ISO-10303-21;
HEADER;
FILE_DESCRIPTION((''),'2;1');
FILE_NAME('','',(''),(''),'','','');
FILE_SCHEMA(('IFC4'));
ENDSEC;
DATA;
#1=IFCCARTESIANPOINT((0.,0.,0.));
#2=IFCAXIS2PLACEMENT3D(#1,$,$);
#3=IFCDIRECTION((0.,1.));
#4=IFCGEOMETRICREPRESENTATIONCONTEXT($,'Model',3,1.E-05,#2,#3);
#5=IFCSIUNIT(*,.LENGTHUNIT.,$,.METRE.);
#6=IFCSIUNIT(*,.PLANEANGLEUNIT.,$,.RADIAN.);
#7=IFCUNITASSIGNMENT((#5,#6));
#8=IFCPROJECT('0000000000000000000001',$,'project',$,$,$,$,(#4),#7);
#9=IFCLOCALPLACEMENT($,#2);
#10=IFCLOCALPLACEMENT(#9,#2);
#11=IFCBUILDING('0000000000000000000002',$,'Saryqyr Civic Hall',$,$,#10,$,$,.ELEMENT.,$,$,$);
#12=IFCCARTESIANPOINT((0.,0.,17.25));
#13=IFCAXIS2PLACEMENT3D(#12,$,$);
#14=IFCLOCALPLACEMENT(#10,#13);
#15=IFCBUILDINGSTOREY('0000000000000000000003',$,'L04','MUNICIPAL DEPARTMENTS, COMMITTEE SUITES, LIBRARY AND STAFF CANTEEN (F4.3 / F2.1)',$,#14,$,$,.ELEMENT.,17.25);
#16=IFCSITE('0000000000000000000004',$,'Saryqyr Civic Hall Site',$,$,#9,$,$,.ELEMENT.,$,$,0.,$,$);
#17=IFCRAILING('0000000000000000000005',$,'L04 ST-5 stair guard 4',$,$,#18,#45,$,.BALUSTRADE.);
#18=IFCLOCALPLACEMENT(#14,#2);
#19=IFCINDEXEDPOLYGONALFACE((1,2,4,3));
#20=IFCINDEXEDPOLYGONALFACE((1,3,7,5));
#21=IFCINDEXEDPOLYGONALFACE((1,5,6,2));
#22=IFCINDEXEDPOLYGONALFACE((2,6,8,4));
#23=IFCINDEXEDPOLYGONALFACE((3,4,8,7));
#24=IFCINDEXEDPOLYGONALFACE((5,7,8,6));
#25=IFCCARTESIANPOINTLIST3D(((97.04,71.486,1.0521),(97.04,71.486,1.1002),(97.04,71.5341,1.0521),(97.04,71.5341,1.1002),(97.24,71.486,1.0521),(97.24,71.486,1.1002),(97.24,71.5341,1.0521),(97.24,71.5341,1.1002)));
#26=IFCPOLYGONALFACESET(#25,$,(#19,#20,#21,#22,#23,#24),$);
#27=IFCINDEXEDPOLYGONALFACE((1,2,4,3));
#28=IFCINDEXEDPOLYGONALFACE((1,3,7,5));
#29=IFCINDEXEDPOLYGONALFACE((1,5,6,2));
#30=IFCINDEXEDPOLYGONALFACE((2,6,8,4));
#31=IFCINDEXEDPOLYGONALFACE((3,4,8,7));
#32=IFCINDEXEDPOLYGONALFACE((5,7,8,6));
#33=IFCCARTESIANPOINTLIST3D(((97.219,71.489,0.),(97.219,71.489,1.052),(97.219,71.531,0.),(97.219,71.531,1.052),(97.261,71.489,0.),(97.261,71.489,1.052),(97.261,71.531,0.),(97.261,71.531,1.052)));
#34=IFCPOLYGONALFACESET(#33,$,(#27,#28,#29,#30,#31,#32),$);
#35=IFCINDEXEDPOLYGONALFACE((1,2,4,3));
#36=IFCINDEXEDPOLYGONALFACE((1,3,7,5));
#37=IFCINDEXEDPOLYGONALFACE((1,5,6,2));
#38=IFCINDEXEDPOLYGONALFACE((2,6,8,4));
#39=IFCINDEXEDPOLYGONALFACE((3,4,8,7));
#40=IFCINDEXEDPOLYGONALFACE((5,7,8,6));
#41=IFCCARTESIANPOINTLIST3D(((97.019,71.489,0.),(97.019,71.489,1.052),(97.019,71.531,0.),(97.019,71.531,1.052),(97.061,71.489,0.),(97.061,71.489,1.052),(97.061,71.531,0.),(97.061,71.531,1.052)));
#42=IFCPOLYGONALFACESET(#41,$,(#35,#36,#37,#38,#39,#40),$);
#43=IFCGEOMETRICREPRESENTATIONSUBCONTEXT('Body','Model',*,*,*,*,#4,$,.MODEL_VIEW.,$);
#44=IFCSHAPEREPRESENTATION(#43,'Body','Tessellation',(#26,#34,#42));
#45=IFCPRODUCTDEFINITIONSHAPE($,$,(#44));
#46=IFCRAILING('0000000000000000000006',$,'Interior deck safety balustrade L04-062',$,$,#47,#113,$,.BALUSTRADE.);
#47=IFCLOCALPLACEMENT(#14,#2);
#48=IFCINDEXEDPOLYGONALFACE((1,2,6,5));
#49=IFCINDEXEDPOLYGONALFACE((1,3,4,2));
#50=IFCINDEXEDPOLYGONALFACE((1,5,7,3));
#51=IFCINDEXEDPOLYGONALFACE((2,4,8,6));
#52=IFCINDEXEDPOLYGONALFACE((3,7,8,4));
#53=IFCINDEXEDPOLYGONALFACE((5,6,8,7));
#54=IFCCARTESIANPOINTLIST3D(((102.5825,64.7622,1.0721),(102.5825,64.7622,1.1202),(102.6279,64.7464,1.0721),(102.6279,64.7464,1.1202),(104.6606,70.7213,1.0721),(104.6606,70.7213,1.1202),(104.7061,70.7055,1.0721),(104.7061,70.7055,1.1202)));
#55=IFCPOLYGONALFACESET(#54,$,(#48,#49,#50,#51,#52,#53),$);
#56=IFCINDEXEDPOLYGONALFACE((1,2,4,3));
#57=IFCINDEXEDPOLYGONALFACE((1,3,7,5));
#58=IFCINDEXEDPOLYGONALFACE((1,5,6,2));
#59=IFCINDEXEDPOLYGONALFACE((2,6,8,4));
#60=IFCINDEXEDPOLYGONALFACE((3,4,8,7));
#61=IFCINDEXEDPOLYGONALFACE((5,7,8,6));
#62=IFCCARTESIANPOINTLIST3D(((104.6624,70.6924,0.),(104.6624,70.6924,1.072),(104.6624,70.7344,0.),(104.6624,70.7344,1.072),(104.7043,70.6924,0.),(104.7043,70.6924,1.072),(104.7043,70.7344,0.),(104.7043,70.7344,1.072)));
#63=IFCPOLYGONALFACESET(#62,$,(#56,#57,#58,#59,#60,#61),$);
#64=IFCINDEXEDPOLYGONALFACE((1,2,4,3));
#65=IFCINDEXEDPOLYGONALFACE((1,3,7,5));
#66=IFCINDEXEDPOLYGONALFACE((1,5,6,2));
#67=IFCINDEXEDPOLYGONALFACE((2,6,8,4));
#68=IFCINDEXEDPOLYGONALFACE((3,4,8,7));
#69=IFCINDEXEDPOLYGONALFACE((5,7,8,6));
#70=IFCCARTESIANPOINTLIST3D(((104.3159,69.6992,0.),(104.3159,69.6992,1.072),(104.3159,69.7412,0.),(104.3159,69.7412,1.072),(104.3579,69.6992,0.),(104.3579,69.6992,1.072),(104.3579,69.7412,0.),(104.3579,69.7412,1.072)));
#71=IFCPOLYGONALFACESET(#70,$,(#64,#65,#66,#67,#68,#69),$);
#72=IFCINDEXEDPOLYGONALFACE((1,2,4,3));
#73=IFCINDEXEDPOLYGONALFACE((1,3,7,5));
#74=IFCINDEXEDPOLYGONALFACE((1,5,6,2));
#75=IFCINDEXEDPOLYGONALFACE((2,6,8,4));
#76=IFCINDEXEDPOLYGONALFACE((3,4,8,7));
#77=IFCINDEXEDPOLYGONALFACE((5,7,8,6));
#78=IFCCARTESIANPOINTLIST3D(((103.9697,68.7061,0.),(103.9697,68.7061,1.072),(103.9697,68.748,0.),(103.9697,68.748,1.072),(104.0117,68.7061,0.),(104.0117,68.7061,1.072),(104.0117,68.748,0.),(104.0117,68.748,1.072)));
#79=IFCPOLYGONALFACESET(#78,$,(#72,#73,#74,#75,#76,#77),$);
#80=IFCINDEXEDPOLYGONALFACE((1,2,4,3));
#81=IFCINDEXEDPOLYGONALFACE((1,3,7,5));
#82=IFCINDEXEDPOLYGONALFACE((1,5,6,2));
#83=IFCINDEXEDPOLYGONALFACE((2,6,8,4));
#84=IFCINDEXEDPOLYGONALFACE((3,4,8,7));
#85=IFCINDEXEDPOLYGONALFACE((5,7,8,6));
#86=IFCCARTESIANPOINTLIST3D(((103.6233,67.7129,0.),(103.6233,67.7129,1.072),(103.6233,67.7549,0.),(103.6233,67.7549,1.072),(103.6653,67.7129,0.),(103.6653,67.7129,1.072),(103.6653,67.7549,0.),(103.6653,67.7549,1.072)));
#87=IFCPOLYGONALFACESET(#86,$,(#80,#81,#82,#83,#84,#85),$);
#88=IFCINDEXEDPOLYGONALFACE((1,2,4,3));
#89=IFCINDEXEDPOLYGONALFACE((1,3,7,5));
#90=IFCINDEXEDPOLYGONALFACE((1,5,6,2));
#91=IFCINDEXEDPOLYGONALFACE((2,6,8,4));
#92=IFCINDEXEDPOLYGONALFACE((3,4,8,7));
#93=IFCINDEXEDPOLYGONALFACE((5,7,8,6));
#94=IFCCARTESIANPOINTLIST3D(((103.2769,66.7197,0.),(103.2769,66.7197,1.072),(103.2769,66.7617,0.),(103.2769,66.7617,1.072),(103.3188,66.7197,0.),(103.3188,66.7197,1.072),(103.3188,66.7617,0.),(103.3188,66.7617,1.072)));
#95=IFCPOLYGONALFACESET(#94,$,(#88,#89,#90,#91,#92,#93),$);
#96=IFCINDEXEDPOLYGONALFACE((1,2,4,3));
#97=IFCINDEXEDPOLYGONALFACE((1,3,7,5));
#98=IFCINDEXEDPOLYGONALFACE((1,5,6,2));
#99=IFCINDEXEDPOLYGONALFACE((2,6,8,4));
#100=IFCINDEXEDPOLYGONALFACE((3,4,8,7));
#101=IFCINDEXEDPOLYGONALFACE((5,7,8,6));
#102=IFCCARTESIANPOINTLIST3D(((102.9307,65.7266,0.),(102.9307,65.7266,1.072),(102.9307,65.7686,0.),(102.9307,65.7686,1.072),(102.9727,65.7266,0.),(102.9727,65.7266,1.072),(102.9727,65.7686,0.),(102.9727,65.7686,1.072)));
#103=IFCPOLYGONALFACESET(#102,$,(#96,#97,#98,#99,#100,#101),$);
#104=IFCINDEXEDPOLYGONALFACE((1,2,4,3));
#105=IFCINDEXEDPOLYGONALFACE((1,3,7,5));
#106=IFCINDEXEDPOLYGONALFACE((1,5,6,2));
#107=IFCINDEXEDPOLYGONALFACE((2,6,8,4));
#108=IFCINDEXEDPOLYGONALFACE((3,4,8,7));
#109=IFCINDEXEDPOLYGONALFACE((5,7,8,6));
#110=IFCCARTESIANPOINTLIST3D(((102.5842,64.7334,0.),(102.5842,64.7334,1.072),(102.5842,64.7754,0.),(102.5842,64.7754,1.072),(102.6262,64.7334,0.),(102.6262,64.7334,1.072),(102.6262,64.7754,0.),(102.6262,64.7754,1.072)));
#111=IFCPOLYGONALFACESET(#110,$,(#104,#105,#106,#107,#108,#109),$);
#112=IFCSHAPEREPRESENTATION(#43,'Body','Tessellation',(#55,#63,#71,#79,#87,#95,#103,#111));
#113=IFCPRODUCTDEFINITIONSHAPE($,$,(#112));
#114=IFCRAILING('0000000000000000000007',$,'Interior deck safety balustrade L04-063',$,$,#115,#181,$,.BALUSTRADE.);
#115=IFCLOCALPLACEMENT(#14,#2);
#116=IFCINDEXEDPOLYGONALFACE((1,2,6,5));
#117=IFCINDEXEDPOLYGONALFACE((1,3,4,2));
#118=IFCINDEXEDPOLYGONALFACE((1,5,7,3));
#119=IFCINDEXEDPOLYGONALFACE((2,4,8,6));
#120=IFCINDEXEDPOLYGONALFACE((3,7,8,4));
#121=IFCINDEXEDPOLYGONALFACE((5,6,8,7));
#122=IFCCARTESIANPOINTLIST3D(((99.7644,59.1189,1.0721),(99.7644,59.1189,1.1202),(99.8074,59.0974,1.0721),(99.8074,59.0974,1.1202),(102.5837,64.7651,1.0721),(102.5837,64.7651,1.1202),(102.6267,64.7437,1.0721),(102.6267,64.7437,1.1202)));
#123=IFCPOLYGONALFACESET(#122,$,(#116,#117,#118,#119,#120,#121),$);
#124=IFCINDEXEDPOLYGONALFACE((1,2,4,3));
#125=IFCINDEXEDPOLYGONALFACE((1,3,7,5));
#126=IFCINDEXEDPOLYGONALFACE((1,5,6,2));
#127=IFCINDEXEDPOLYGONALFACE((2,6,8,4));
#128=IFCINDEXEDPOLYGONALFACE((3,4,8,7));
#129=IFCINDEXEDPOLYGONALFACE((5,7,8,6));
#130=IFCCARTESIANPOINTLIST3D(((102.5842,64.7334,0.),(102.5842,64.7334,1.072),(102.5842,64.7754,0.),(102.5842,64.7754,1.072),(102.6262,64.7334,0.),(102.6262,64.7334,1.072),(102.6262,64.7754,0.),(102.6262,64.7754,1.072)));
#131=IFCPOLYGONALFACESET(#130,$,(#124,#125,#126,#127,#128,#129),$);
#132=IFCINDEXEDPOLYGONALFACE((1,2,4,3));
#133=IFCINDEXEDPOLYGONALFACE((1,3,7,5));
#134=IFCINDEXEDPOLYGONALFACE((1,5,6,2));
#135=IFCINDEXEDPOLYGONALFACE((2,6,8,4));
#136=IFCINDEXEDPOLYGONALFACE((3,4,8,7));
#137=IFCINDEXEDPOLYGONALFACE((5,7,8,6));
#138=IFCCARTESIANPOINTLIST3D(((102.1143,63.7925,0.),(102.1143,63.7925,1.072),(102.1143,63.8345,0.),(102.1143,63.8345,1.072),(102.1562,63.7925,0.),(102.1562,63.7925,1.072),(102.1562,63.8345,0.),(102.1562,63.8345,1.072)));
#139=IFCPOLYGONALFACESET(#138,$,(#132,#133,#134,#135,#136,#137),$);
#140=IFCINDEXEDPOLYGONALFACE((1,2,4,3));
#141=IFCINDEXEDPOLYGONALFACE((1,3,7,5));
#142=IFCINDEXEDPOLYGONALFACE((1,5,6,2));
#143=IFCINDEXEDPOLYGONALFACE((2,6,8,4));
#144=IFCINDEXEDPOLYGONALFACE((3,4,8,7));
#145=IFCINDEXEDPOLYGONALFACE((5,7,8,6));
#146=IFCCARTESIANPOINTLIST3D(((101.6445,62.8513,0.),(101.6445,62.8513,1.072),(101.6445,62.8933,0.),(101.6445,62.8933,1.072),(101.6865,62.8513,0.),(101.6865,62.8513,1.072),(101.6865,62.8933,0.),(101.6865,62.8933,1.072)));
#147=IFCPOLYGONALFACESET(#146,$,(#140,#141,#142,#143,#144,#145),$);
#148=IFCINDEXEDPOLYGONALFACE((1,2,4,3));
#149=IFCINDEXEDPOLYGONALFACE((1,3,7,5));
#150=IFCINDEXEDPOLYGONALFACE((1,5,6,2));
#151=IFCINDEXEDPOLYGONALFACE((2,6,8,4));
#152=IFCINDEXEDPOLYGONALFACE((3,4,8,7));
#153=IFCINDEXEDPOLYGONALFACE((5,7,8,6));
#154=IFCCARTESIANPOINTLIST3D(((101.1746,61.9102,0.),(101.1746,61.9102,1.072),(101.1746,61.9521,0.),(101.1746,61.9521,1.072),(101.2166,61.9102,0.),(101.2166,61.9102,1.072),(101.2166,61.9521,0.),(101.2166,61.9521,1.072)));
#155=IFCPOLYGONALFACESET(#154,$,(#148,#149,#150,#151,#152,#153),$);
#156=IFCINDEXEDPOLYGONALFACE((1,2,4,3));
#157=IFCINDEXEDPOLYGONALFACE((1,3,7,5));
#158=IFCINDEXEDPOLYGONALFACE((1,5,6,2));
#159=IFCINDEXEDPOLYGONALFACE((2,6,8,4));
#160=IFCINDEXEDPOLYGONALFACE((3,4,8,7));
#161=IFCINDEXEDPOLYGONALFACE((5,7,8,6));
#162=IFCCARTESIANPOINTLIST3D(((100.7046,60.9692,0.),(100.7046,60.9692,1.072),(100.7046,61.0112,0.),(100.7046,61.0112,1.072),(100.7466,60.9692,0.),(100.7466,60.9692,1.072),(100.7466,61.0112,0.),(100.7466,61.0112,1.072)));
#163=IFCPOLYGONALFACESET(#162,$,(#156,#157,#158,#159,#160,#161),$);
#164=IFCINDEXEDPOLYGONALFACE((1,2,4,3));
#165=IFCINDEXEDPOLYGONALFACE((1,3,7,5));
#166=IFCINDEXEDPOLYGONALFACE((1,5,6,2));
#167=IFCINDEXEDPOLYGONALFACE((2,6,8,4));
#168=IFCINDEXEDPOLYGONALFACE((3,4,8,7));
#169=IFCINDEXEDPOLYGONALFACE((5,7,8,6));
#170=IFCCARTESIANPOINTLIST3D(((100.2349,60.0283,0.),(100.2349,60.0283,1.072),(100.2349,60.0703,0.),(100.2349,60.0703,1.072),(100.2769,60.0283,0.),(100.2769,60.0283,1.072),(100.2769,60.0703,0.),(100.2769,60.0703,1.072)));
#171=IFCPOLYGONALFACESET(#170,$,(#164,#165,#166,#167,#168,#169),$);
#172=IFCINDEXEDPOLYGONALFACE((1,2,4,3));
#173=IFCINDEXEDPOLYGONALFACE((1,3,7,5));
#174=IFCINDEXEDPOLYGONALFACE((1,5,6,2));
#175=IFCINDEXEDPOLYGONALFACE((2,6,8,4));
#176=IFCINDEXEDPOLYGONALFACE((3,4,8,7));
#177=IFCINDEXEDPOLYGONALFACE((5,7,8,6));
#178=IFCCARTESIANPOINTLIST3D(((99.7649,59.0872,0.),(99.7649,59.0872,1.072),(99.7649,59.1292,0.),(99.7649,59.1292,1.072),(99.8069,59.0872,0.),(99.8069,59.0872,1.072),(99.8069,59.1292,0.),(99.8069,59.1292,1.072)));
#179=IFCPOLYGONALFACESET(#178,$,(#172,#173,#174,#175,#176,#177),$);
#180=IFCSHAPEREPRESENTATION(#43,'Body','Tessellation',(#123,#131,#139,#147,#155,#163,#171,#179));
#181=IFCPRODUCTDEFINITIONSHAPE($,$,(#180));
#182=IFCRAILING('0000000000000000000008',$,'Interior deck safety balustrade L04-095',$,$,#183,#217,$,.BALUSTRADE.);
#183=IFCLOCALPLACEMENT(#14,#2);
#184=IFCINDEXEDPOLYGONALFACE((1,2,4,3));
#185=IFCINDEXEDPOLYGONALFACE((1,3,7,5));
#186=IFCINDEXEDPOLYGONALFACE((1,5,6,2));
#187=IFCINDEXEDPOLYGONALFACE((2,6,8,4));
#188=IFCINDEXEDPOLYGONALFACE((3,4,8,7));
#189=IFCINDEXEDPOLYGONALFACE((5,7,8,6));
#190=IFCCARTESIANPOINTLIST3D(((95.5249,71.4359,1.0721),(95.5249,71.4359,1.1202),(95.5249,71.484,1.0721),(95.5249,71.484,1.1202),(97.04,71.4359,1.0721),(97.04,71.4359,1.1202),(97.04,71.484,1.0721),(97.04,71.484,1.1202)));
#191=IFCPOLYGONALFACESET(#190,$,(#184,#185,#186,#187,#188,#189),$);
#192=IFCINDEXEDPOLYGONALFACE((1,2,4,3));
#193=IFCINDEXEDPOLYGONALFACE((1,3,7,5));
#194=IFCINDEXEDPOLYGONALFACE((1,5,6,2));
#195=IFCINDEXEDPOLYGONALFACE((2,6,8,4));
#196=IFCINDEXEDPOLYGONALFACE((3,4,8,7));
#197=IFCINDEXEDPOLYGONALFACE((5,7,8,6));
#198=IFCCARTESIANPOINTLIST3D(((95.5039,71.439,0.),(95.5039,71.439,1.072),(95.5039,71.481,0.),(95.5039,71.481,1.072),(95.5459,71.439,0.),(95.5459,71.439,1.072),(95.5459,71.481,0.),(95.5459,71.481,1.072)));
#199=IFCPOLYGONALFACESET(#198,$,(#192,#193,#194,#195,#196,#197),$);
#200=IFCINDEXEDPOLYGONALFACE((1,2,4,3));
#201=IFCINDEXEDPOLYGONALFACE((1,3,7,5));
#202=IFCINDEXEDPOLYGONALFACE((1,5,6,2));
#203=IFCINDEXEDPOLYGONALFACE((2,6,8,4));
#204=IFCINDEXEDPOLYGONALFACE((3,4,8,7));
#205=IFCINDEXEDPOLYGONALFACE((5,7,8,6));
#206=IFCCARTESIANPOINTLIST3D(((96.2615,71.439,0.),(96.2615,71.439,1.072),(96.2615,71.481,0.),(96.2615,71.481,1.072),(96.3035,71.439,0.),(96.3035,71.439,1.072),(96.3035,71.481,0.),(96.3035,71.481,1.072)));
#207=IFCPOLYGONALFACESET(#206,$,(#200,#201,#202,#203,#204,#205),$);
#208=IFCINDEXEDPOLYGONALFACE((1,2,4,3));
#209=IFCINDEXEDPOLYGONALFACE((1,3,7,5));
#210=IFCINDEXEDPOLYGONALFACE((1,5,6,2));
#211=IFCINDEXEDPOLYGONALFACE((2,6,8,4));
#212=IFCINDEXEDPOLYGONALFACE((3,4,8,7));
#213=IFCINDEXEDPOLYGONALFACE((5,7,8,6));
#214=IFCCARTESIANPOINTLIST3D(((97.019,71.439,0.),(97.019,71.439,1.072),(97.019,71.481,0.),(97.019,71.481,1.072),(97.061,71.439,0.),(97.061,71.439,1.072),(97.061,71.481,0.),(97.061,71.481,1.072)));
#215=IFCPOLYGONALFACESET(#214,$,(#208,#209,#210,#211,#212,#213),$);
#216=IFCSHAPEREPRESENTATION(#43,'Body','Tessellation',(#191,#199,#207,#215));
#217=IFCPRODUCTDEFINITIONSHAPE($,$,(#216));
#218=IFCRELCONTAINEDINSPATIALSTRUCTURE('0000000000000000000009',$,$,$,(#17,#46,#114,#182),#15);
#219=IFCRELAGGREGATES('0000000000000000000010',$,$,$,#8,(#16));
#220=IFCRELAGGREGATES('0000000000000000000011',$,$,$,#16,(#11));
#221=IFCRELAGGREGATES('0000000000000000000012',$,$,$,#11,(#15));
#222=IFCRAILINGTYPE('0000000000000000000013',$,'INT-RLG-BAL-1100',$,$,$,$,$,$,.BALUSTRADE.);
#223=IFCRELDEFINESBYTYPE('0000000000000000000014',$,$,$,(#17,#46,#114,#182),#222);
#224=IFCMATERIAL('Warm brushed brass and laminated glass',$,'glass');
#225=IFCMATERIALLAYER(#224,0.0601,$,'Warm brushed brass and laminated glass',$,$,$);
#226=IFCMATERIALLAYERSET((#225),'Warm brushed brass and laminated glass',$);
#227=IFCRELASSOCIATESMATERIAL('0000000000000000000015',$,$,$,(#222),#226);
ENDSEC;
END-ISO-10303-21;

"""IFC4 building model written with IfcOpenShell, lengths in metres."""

from ifc_helpers import new_model, si_unit, direction, frame, origin, origin_2d, place, context, subcontext, project, spatial, rectangle, extrude, material, layer, layer_set, type_object, element, save


model = new_model("IFC4")

# Units and contexts
model_context = context("Model", 3, precision=1e-05, world=origin(), true_north=direction((0.0, 1.0)))
body_context = subcontext(model_context, "Body", "Model", "MODEL_VIEW")
ifc_project = project(units=[si_unit("LENGTHUNIT", "METRE"), si_unit("PLANEANGLEUNIT", "RADIAN")], contexts=[model_context])

# Site, building, storey
site_placement = place(None, origin())
site = spatial("IfcSite", under=ifc_project, at=site_placement, Name="Saryqyr Civic Hall Site", CompositionType="ELEMENT", RefElevation=0.0)
building_placement = place(site_placement, origin())
building = spatial("IfcBuilding", under=site, at=building_placement, Name="Saryqyr Civic Hall", CompositionType="ELEMENT")
storey_placement = place(building_placement, frame((0.0, 0.0, 17.25)))
storey = spatial("IfcBuildingStorey", under=building, at=storey_placement, Name="L04", Description="MUNICIPAL DEPARTMENTS, COMMITTEE SUITES, LIBRARY AND STAFF CANTEEN (F4.3 / F2.1)", CompositionType="ELEMENT", Elevation=17.25)

# Railings
ifc_material_1 = material(Name="Warm brushed brass and laminated glass", Category="glass")
ifc_layer_1 = layer(ifc_material_1, 0.0601, Name="Warm brushed brass and laminated glass")
ifc_layer_set_1 = layer_set([ifc_layer_1], Name="Warm brushed brass and laminated glass")
railing_type_1 = type_object("IfcRailingType", Name="INT-RLG-BAL-1100", PredefinedType="BALUSTRADE", material=ifc_layer_set_1)
railing_1_placement = place(storey_placement, frame((97.24, 71.51, 0.0)))
element("IfcRailing", 1, at=railing_1_placement, inside=storey, type_object=railing_type_1, Name="L04 ST-5 stair guard 4", PredefinedType="BALUSTRADE", context=body_context, shape_type="SweptSolid", body=[
    extrude(rectangle(XDim=0.0481, YDim=0.0481, at=origin_2d()), frame((0.0, 0.0, 1.0762), z_axis=(-1.0, 0.0, 0.0), x_axis=(0.0, -1.0, 0.0)), (0.0, 0.0, 1.0), 0.2),
    extrude(rectangle(XDim=0.042, YDim=0.042, at=origin_2d()), origin(), (0.0, 0.0, 1.0), 1.052),
    extrude(rectangle(XDim=0.042, YDim=0.042, at=origin_2d()), frame((-0.2, 0.0, 0.0)), (0.0, 0.0, 1.0), 1.052),
])
railing_2_placement = place(storey_placement, frame((104.6833, 70.7134, 0.0)))
element("IfcRailing", 2, at=railing_2_placement, inside=storey, type_object=railing_type_1, Name="Interior deck safety balustrade L04-062", PredefinedType="BALUSTRADE", context=body_context, shape_type="SweptSolid", body=[
    extrude(rectangle(XDim=0.0481, YDim=0.0481, at=origin_2d()), frame((0.0, 0.0, 1.0962), z_axis=(-0.329289, -0.944229, 0.0), x_axis=(0.944229, -0.329289, 0.0)), (0.0, 0.0, 1.0), 6.311),
    extrude(rectangle(XDim=0.042, YDim=0.042, at=origin_2d()), origin(), (0.0, 0.0, 1.0), 1.072),
    extrude(rectangle(XDim=0.042, YDim=0.042, at=origin_2d()), frame((-0.3464, -0.9932, 0.0)), (0.0, 0.0, 1.0), 1.072),
    extrude(rectangle(XDim=0.042, YDim=0.042, at=origin_2d()), frame((-0.6926, -1.9863, 0.0)), (0.0, 0.0, 1.0), 1.072),
    extrude(rectangle(XDim=0.042, YDim=0.042, at=origin_2d()), frame((-1.0391, -2.9795, 0.0)), (0.0, 0.0, 1.0), 1.072),
    extrude(rectangle(XDim=0.042, YDim=0.042, at=origin_2d()), frame((-1.3855, -3.9727, 0.0)), (0.0, 0.0, 1.0), 1.072),
    extrude(rectangle(XDim=0.042, YDim=0.042, at=origin_2d()), frame((-1.7317, -4.9658, 0.0)), (0.0, 0.0, 1.0), 1.072),
    extrude(rectangle(XDim=0.042, YDim=0.042, at=origin_2d()), frame((-2.0781, -5.959, 0.0)), (0.0, 0.0, 1.0), 1.072),
])
railing_3_placement = place(storey_placement, frame((102.6052, 64.7544, 0.0)))
element("IfcRailing", 3, at=railing_3_placement, inside=storey, type_object=railing_type_1, Name="Interior deck safety balustrade L04-063", PredefinedType="BALUSTRADE", context=body_context, shape_type="SweptSolid", body=[
    extrude(rectangle(XDim=0.0481, YDim=0.0481, at=origin_2d()), frame((0.0, 0.0, 1.0962), z_axis=(-0.446734, -0.894667, 0.0), x_axis=(0.894667, -0.446734, 0.0)), (0.0, 0.0, 1.0), 6.311),
    extrude(rectangle(XDim=0.042, YDim=0.042, at=origin_2d()), origin(), (0.0, 0.0, 1.0), 1.072),
    extrude(rectangle(XDim=0.042, YDim=0.042, at=origin_2d()), frame((-0.47, -0.9409, 0.0)), (0.0, 0.0, 1.0), 1.072),
    extrude(rectangle(XDim=0.042, YDim=0.042, at=origin_2d()), frame((-0.9397, -1.8821, 0.0)), (0.0, 0.0, 1.0), 1.072),
    extrude(rectangle(XDim=0.042, YDim=0.042, at=origin_2d()), frame((-1.4097, -2.8232, 0.0)), (0.0, 0.0, 1.0), 1.072),
    extrude(rectangle(XDim=0.042, YDim=0.042, at=origin_2d()), frame((-1.8796, -3.7642, 0.0)), (0.0, 0.0, 1.0), 1.072),
    extrude(rectangle(XDim=0.042, YDim=0.042, at=origin_2d()), frame((-2.3494, -4.7051, 0.0)), (0.0, 0.0, 1.0), 1.072),
    extrude(rectangle(XDim=0.042, YDim=0.042, at=origin_2d()), frame((-2.8193, -5.6462, 0.0)), (0.0, 0.0, 1.0), 1.072),
])
railing_4_placement = place(storey_placement, frame((95.5249, 71.46, 0.0)))
element("IfcRailing", 4, at=railing_4_placement, inside=storey, type_object=railing_type_1, Name="Interior deck safety balustrade L04-095", PredefinedType="BALUSTRADE", context=body_context, shape_type="SweptSolid", body=[
    extrude(rectangle(XDim=0.0481, YDim=0.0481, at=origin_2d()), frame((0.0, 0.0, 1.0962), z_axis=(1.0, 0.0, 0.0), x_axis=(0.0, 1.0, 0.0)), (0.0, 0.0, 1.0), 1.5151),
    extrude(rectangle(XDim=0.042, YDim=0.042, at=origin_2d()), origin(), (0.0, 0.0, 1.0), 1.072),
    extrude(rectangle(XDim=0.042, YDim=0.042, at=origin_2d()), frame((0.7576, 0.0, 0.0)), (0.0, 0.0, 1.0), 1.072),
    extrude(rectangle(XDim=0.042, YDim=0.042, at=origin_2d()), frame((1.5151, 0.0, 0.0)), (0.0, 0.0, 1.0), 1.072),
])

save(model, "model.ifc")
